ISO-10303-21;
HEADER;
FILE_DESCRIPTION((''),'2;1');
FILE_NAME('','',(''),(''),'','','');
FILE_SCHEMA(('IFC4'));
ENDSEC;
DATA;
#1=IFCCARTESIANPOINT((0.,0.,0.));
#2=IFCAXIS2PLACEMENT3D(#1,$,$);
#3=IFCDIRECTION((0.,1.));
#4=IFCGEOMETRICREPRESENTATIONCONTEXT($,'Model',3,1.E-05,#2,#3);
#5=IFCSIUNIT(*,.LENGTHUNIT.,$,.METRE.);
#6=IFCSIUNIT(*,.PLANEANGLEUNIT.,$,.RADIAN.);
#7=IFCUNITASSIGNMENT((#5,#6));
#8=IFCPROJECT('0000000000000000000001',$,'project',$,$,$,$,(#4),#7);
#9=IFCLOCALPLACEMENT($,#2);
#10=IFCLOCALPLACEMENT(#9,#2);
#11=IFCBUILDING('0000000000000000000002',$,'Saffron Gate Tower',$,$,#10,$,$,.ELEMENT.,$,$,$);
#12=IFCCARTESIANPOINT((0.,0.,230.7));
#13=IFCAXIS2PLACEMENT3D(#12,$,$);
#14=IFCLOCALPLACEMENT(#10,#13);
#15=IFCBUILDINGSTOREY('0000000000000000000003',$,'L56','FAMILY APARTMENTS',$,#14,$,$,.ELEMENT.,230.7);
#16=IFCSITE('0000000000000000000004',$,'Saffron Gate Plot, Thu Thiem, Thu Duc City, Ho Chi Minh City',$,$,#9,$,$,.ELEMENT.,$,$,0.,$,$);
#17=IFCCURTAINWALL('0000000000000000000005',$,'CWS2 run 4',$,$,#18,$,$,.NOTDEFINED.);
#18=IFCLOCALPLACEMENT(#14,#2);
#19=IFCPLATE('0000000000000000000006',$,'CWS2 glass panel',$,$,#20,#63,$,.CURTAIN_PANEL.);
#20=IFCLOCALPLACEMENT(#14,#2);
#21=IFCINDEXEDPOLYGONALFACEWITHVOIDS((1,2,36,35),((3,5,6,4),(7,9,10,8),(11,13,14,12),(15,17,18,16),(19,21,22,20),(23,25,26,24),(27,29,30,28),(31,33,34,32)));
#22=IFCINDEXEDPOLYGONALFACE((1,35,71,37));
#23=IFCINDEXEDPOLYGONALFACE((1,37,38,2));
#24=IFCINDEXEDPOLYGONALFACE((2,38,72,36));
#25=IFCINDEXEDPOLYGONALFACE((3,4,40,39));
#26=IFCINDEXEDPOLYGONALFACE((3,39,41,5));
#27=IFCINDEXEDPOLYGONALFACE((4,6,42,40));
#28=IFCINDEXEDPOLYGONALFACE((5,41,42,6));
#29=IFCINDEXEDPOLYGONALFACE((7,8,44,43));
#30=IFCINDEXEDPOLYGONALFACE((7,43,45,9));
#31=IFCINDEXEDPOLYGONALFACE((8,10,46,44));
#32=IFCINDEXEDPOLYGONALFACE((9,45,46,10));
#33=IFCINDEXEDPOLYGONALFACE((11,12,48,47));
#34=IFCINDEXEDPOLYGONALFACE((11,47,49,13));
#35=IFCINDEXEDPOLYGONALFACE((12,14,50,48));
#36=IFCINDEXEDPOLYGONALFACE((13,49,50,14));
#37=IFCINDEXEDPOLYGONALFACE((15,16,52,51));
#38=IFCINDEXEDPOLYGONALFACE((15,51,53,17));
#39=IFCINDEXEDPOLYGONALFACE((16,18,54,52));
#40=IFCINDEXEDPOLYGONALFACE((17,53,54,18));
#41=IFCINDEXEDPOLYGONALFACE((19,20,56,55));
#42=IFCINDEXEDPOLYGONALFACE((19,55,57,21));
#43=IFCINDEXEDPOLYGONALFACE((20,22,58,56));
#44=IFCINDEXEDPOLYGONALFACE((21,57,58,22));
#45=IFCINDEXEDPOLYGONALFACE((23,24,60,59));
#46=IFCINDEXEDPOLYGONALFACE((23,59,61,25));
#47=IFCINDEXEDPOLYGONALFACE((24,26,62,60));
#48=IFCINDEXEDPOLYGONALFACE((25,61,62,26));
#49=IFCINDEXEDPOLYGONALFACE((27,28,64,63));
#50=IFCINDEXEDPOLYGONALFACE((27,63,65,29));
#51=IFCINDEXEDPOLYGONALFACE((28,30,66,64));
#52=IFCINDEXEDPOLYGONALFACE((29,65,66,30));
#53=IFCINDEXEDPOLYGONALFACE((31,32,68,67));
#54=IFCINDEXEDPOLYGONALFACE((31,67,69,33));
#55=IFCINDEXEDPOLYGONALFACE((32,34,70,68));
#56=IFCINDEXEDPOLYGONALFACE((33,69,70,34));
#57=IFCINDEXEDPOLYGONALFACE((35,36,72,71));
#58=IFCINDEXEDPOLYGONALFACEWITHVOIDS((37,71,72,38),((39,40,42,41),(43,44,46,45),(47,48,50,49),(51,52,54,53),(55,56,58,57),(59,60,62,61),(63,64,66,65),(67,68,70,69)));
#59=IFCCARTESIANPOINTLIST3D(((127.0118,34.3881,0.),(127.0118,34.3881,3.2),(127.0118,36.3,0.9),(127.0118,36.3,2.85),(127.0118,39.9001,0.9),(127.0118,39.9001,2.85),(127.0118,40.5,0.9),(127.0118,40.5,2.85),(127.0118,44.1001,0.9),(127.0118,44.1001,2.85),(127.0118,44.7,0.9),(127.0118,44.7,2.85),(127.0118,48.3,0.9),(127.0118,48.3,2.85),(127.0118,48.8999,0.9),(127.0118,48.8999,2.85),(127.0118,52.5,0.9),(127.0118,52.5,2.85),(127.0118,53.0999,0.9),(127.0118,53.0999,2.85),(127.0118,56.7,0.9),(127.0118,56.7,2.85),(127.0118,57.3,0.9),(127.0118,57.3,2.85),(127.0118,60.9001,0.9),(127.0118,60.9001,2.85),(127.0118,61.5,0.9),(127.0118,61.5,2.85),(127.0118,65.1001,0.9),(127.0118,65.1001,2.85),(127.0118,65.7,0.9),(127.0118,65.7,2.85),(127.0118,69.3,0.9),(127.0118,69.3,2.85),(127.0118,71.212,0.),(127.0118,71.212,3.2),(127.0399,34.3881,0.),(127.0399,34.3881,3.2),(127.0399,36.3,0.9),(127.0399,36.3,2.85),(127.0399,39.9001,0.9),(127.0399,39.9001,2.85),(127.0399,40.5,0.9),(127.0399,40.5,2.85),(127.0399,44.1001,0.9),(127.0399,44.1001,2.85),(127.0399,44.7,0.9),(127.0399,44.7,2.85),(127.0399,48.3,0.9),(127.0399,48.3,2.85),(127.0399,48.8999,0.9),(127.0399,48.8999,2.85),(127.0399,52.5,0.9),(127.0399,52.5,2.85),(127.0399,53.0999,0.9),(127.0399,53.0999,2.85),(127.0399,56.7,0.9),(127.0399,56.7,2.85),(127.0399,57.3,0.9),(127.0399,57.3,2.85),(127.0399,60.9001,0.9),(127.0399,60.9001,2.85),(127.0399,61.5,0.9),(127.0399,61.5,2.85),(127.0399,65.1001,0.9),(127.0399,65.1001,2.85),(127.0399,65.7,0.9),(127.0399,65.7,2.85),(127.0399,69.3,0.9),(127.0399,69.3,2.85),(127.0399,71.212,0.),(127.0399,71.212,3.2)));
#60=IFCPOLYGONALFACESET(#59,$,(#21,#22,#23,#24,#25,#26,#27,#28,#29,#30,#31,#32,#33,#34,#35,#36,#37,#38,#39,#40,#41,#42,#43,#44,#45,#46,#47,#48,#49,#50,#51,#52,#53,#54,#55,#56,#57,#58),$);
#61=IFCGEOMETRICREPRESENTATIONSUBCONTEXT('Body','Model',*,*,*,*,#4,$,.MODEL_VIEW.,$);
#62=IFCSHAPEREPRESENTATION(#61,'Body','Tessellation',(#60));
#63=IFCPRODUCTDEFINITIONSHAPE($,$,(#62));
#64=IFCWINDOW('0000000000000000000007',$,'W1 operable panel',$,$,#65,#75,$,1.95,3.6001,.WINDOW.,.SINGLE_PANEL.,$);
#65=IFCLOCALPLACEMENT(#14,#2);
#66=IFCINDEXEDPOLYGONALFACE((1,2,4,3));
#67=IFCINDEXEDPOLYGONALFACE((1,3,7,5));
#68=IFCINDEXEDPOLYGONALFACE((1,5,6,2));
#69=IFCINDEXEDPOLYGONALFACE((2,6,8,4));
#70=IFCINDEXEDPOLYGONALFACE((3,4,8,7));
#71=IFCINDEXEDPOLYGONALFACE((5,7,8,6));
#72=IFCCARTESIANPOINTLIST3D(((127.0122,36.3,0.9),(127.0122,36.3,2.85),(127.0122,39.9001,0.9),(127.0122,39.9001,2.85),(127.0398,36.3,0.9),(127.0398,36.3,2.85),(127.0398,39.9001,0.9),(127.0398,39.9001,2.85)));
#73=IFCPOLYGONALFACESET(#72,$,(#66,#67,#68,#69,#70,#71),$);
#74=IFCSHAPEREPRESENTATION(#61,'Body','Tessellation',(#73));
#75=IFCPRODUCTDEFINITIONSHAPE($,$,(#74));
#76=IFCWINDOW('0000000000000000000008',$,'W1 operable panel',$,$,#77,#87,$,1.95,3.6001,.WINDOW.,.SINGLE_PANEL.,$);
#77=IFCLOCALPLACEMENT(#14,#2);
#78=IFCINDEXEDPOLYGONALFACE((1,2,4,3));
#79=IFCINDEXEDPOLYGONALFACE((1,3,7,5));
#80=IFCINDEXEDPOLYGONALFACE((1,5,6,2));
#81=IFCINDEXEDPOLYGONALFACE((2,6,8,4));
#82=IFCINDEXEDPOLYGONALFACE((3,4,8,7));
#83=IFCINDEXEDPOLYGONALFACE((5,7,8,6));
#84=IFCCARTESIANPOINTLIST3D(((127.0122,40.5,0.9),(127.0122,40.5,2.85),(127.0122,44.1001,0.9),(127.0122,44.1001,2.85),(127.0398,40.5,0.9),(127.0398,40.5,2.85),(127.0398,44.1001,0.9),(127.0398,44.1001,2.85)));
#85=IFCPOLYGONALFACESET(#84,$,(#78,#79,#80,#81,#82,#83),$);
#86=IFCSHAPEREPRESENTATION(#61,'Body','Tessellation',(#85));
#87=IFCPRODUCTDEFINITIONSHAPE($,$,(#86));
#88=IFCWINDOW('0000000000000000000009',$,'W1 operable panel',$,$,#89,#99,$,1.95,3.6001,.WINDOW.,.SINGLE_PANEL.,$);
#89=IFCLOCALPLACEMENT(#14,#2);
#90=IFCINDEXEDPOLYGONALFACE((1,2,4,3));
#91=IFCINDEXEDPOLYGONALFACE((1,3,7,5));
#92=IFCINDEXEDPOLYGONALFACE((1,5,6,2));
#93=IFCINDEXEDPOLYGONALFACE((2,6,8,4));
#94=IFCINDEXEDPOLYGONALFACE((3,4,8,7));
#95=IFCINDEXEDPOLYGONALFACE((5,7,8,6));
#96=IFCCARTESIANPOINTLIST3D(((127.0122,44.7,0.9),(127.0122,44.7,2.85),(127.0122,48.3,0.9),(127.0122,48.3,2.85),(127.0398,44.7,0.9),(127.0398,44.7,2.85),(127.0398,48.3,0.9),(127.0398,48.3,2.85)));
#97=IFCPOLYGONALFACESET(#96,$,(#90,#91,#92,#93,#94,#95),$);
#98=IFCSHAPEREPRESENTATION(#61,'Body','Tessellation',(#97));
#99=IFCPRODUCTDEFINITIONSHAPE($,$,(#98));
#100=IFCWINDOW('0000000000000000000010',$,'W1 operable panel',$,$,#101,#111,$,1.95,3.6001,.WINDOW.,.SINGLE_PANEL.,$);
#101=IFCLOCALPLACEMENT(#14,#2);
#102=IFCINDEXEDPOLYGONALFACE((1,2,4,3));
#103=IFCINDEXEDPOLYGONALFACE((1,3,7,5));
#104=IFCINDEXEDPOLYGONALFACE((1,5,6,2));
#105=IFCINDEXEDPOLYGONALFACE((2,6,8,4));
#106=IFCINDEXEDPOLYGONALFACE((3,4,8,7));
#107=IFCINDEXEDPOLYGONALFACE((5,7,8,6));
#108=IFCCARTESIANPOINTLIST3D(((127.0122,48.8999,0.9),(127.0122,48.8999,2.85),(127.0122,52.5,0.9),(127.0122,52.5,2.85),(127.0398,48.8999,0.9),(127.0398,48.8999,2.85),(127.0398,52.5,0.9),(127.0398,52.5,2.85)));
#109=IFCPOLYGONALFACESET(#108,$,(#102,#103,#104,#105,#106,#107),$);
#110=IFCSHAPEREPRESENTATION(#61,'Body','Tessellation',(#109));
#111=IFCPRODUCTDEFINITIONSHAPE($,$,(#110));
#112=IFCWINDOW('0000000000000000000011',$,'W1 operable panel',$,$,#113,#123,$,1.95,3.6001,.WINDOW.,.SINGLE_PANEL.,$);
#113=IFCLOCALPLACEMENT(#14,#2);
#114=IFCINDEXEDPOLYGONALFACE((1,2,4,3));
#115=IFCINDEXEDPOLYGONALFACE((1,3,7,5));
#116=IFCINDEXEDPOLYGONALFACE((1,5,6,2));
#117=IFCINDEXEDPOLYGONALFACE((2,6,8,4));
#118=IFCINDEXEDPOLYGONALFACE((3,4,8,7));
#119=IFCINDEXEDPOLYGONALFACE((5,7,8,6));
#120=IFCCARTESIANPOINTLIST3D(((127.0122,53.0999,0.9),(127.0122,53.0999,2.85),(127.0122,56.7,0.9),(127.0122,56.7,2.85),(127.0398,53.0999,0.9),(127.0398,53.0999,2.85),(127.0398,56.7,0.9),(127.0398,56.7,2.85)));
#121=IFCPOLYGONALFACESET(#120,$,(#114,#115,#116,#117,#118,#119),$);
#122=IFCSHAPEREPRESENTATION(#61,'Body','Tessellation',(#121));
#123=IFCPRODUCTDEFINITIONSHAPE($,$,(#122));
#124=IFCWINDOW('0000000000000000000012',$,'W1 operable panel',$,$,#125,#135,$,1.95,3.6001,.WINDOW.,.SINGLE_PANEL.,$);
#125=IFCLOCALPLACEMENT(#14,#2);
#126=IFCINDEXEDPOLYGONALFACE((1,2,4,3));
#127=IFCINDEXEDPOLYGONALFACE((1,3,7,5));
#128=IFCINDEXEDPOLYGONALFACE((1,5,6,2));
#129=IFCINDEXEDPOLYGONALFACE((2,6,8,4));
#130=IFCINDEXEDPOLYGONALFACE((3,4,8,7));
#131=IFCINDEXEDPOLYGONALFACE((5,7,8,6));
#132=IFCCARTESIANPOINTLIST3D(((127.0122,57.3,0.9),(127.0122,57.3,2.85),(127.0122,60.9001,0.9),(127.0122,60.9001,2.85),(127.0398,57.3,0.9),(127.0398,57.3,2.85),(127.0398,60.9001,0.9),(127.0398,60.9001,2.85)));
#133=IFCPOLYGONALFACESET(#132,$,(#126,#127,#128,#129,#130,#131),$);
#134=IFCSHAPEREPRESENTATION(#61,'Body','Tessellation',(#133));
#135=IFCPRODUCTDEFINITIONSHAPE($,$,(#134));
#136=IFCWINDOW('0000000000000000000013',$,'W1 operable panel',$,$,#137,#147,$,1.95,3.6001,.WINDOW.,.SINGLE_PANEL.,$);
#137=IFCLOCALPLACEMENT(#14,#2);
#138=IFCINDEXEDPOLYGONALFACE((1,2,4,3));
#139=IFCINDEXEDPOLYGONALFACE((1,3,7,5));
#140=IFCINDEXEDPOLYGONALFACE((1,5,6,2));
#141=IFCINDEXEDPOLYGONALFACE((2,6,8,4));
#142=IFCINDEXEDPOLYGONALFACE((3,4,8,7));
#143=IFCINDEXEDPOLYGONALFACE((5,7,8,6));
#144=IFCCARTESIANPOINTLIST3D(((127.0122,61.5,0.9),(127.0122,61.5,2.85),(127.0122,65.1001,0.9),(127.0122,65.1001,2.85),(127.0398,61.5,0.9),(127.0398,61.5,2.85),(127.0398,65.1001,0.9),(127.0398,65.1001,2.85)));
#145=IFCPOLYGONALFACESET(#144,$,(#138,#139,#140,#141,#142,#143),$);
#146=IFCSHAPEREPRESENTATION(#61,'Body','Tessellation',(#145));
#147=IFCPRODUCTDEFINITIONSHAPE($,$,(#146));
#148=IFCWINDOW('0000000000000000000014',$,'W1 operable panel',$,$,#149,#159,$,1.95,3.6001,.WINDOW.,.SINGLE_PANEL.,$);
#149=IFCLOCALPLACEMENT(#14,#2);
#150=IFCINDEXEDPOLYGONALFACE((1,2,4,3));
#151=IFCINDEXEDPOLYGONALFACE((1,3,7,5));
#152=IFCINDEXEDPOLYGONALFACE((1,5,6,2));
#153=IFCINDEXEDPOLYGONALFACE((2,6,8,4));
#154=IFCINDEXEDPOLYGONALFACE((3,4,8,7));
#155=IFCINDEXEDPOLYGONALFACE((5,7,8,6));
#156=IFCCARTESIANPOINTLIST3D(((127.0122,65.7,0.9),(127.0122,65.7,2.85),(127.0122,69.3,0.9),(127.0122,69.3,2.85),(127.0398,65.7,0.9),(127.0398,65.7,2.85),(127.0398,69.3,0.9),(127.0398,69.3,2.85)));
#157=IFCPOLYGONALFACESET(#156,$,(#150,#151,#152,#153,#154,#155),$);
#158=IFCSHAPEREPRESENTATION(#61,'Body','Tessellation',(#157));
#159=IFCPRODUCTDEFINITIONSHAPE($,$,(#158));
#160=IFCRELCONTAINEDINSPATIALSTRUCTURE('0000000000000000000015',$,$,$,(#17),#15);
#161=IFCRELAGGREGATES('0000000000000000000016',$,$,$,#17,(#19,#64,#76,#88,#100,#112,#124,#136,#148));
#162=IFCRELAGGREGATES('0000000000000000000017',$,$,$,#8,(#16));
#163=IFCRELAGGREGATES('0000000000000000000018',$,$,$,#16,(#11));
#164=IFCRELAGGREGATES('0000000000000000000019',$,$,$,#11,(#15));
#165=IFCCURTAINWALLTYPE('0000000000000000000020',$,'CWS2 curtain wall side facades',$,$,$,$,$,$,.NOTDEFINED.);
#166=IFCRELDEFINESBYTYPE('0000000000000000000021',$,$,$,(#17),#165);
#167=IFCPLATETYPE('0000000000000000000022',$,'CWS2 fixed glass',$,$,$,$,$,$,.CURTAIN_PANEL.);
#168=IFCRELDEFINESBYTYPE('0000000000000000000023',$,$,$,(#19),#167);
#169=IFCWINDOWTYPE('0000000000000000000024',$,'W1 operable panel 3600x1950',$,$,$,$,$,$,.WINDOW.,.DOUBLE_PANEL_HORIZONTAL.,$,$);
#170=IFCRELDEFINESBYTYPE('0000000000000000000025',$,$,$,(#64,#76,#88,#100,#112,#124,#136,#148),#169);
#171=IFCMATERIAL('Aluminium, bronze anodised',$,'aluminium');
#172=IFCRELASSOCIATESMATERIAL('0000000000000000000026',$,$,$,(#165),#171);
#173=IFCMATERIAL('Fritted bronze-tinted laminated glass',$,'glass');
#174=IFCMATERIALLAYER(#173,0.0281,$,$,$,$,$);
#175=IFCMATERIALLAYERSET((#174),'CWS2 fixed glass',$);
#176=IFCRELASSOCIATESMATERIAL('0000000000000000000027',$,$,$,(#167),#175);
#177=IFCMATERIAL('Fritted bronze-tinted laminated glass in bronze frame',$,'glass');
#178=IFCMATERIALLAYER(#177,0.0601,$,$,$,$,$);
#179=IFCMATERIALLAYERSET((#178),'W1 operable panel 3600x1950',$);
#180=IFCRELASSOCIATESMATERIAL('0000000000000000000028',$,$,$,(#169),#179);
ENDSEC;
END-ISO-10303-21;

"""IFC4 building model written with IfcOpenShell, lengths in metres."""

from ifc_helpers import new_model, si_unit, direction, frame, frame_2d, origin, place, context, subcontext, project, spatial, rectangle, extrude, material, layer, layer_set, type_object, element, fill, aggregate, save


model = new_model("IFC4")

# Units and contexts
model_context = context("Model", 3, precision=1e-05, world=origin(), true_north=direction((0.0, 1.0)))
body_context = subcontext(model_context, "Body", "Model", "MODEL_VIEW")
ifc_project = project(units=[si_unit("LENGTHUNIT", "METRE"), si_unit("PLANEANGLEUNIT", "RADIAN")], contexts=[model_context])

# Site, building, storey
site_placement = place(None, origin())
site = spatial("IfcSite", under=ifc_project, at=site_placement, Name="Saffron Gate Plot, Thu Thiem, Thu Duc City, Ho Chi Minh City", CompositionType="ELEMENT", RefElevation=0.0)
building_placement = place(site_placement, origin())
building = spatial("IfcBuilding", under=site, at=building_placement, Name="Saffron Gate Tower", CompositionType="ELEMENT")
storey_placement = place(building_placement, frame((0.0, 0.0, 230.7)))
storey = spatial("IfcBuildingStorey", under=building, at=storey_placement, Name="L56", Description="FAMILY APARTMENTS", CompositionType="ELEMENT", Elevation=230.7)

# Curtain wall
ifc_material_1 = material(Name="Aluminium, bronze anodised", Category="aluminium")
curtain_wall_type_1 = type_object("IfcCurtainWallType", Name="CWS2 curtain wall side facades", PredefinedType="NOTDEFINED", material=ifc_material_1)
curtain_wall_1_placement = place(storey_placement, origin())
curtain_wall_1 = element("IfcCurtainWall", 1, at=curtain_wall_1_placement, inside=storey, type_object=curtain_wall_type_1, Name="CWS2 run 4", PredefinedType="NOTDEFINED")

# Plate, openings, windows
ifc_material_2 = material(Name="Fritted bronze-tinted laminated glass", Category="glass")
ifc_layer_1 = layer(ifc_material_2, 0.0281)
ifc_layer_set_1 = layer_set([ifc_layer_1], Name="CWS2 fixed glass")
plate_type_1 = type_object("IfcPlateType", Name="CWS2 fixed glass", PredefinedType="CURTAIN_PANEL", material=ifc_layer_set_1)
plate_1_placement = place(storey_placement, frame((127.0259, 34.3879, 0.0), z_axis=(0.0, 0.0, 1.0), x_axis=(0.0, 1.0, 0.0)))
plate_1 = element("IfcPlate", 2, at=plate_1_placement, type_object=plate_type_1, Name="CWS2 glass panel", PredefinedType="CURTAIN_PANEL", context=body_context, shape_type="SweptSolid", body=[
    extrude(rectangle(XDim=36.824, YDim=0.0281, at=frame_2d((18.4121, 0.0))), origin(), (0.0, 0.0, 1.0), 3.2),
])
opening_1_placement = place(plate_1_placement, frame((1.9121, 0.0, 0.8999)))
opening_1 = element("IfcOpeningElement", 3, at=opening_1_placement, cuts=plate_1, PredefinedType="OPENING", context=body_context, shape_type="SweptSolid", body=[
    extrude(rectangle(XDim=3.6001, YDim=1.95, at=frame_2d((1.8, 0.9751))), frame((0.0, 0.0239, 0.0), z_axis=(0.0, -1.0, 0.0), x_axis=(1.0, 0.0, 0.0)), (0.0, 0.0, 1.0), 0.0481),
])
opening_2_placement = place(plate_1_placement, frame((6.1121, 0.0, 0.8999)))
opening_2 = element("IfcOpeningElement", 4, at=opening_2_placement, cuts=plate_1, PredefinedType="OPENING", context=body_context, shape_type="SweptSolid", body=[
    extrude(rectangle(XDim=3.6001, YDim=1.95, at=frame_2d((1.8, 0.9751))), frame((0.0, 0.0239, 0.0), z_axis=(0.0, -1.0, 0.0), x_axis=(1.0, 0.0, 0.0)), (0.0, 0.0, 1.0), 0.0481),
])
opening_3_placement = place(plate_1_placement, frame((10.312, 0.0, 0.8999)))
opening_3 = element("IfcOpeningElement", 5, at=opening_3_placement, cuts=plate_1, PredefinedType="OPENING", context=body_context, shape_type="SweptSolid", body=[
    extrude(rectangle(XDim=3.6001, YDim=1.95, at=frame_2d((1.8, 0.9751))), frame((0.0, 0.0239, 0.0), z_axis=(0.0, -1.0, 0.0), x_axis=(1.0, 0.0, 0.0)), (0.0, 0.0, 1.0), 0.0481),
])
opening_4_placement = place(plate_1_placement, frame((14.512, 0.0, 0.8999)))
opening_4 = element("IfcOpeningElement", 6, at=opening_4_placement, cuts=plate_1, PredefinedType="OPENING", context=body_context, shape_type="SweptSolid", body=[
    extrude(rectangle(XDim=3.6001, YDim=1.95, at=frame_2d((1.8, 0.9751))), frame((0.0, 0.0239, 0.0), z_axis=(0.0, -1.0, 0.0), x_axis=(1.0, 0.0, 0.0)), (0.0, 0.0, 1.0), 0.0481),
])
opening_5_placement = place(plate_1_placement, frame((18.7119, 0.0, 0.8999)))
opening_5 = element("IfcOpeningElement", 7, at=opening_5_placement, cuts=plate_1, PredefinedType="OPENING", context=body_context, shape_type="SweptSolid", body=[
    extrude(rectangle(XDim=3.6001, YDim=1.95, at=frame_2d((1.8, 0.9751))), frame((0.0, 0.0239, 0.0), z_axis=(0.0, -1.0, 0.0), x_axis=(1.0, 0.0, 0.0)), (0.0, 0.0, 1.0), 0.0481),
])
opening_6_placement = place(plate_1_placement, frame((22.9121, 0.0, 0.8999)))
opening_6 = element("IfcOpeningElement", 8, at=opening_6_placement, cuts=plate_1, PredefinedType="OPENING", context=body_context, shape_type="SweptSolid", body=[
    extrude(rectangle(XDim=3.6001, YDim=1.95, at=frame_2d((1.8, 0.9751))), frame((0.0, 0.0239, 0.0), z_axis=(0.0, -1.0, 0.0), x_axis=(1.0, 0.0, 0.0)), (0.0, 0.0, 1.0), 0.0481),
])
opening_7_placement = place(plate_1_placement, frame((27.1121, 0.0, 0.8999)))
opening_7 = element("IfcOpeningElement", 9, at=opening_7_placement, cuts=plate_1, PredefinedType="OPENING", context=body_context, shape_type="SweptSolid", body=[
    extrude(rectangle(XDim=3.6001, YDim=1.95, at=frame_2d((1.8, 0.9751))), frame((0.0, 0.0239, 0.0), z_axis=(0.0, -1.0, 0.0), x_axis=(1.0, 0.0, 0.0)), (0.0, 0.0, 1.0), 0.0481),
])
opening_8_placement = place(plate_1_placement, frame((31.312, 0.0, 0.8999)))
opening_8 = element("IfcOpeningElement", 10, at=opening_8_placement, cuts=plate_1, PredefinedType="OPENING", context=body_context, shape_type="SweptSolid", body=[
    extrude(rectangle(XDim=3.6001, YDim=1.95, at=frame_2d((1.8, 0.9751))), frame((0.0, 0.0239, 0.0), z_axis=(0.0, -1.0, 0.0), x_axis=(1.0, 0.0, 0.0)), (0.0, 0.0, 1.0), 0.0481),
])
ifc_material_3 = material(Name="Fritted bronze-tinted laminated glass in bronze frame", Category="glass")
ifc_layer_2 = layer(ifc_material_3, 0.0601)
ifc_layer_set_2 = layer_set([ifc_layer_2], Name="W1 operable panel 3600x1950")
window_type = type_object("IfcWindowType", Name="W1 operable panel 3600x1950", PartitioningType="DOUBLE_PANEL_HORIZONTAL", PredefinedType="WINDOW", material=ifc_layer_set_2)
window_1_placement = place(opening_1_placement, origin())
window_1 = element("IfcWindow", 11, at=window_1_placement, type_object=window_type, Name="W1 operable panel", OverallHeight=1.95, OverallWidth=3.6001, PartitioningType="SINGLE_PANEL", PredefinedType="WINDOW", context=body_context, shape_type="SweptSolid", body=[
    extrude(rectangle(XDim=3.6001, YDim=1.95, at=frame_2d((1.8, 0.9751))), frame((0.0, 0.0137, 0.0), z_axis=(0.0, -1.0, 0.0), x_axis=(1.0, 0.0, 0.0)), (0.0, 0.0, 1.0), 0.0276),
])
fill(opening_1, window_1)
window_2_placement = place(opening_2_placement, origin())
window_2 = element("IfcWindow", 12, at=window_2_placement, type_object=window_type, Name="W1 operable panel", OverallHeight=1.95, OverallWidth=3.6001, PartitioningType="SINGLE_PANEL", PredefinedType="WINDOW", context=body_context, shape_type="SweptSolid", body=[
    extrude(rectangle(XDim=3.6001, YDim=1.95, at=frame_2d((1.8, 0.9751))), frame((0.0, 0.0137, 0.0), z_axis=(0.0, -1.0, 0.0), x_axis=(1.0, 0.0, 0.0)), (0.0, 0.0, 1.0), 0.0276),
])
fill(opening_2, window_2)
window_3_placement = place(opening_3_placement, origin())
window_3 = element("IfcWindow", 13, at=window_3_placement, type_object=window_type, Name="W1 operable panel", OverallHeight=1.95, OverallWidth=3.6001, PartitioningType="SINGLE_PANEL", PredefinedType="WINDOW", context=body_context, shape_type="SweptSolid", body=[
    extrude(rectangle(XDim=3.6001, YDim=1.95, at=frame_2d((1.8, 0.9751))), frame((0.0, 0.0137, 0.0), z_axis=(0.0, -1.0, 0.0), x_axis=(1.0, 0.0, 0.0)), (0.0, 0.0, 1.0), 0.0276),
])
fill(opening_3, window_3)
window_4_placement = place(opening_4_placement, origin())
window_4 = element("IfcWindow", 14, at=window_4_placement, type_object=window_type, Name="W1 operable panel", OverallHeight=1.95, OverallWidth=3.6001, PartitioningType="SINGLE_PANEL", PredefinedType="WINDOW", context=body_context, shape_type="SweptSolid", body=[
    extrude(rectangle(XDim=3.6001, YDim=1.95, at=frame_2d((1.8, 0.9751))), frame((0.0, 0.0137, 0.0), z_axis=(0.0, -1.0, 0.0), x_axis=(1.0, 0.0, 0.0)), (0.0, 0.0, 1.0), 0.0276),
])
fill(opening_4, window_4)
window_5_placement = place(opening_5_placement, origin())
window_5 = element("IfcWindow", 15, at=window_5_placement, type_object=window_type, Name="W1 operable panel", OverallHeight=1.95, OverallWidth=3.6001, PartitioningType="SINGLE_PANEL", PredefinedType="WINDOW", context=body_context, shape_type="SweptSolid", body=[
    extrude(rectangle(XDim=3.6001, YDim=1.95, at=frame_2d((1.8, 0.9751))), frame((0.0, 0.0137, 0.0), z_axis=(0.0, -1.0, 0.0), x_axis=(1.0, 0.0, 0.0)), (0.0, 0.0, 1.0), 0.0276),
])
fill(opening_5, window_5)
window_6_placement = place(opening_6_placement, origin())
window_6 = element("IfcWindow", 16, at=window_6_placement, type_object=window_type, Name="W1 operable panel", OverallHeight=1.95, OverallWidth=3.6001, PartitioningType="SINGLE_PANEL", PredefinedType="WINDOW", context=body_context, shape_type="SweptSolid", body=[
    extrude(rectangle(XDim=3.6001, YDim=1.95, at=frame_2d((1.8, 0.9751))), frame((0.0, 0.0137, 0.0), z_axis=(0.0, -1.0, 0.0), x_axis=(1.0, 0.0, 0.0)), (0.0, 0.0, 1.0), 0.0276),
])
fill(opening_6, window_6)
window_7_placement = place(opening_7_placement, origin())
window_7 = element("IfcWindow", 17, at=window_7_placement, type_object=window_type, Name="W1 operable panel", OverallHeight=1.95, OverallWidth=3.6001, PartitioningType="SINGLE_PANEL", PredefinedType="WINDOW", context=body_context, shape_type="SweptSolid", body=[
    extrude(rectangle(XDim=3.6001, YDim=1.95, at=frame_2d((1.8, 0.9751))), frame((0.0, 0.0137, 0.0), z_axis=(0.0, -1.0, 0.0), x_axis=(1.0, 0.0, 0.0)), (0.0, 0.0, 1.0), 0.0276),
])
fill(opening_7, window_7)
window_8_placement = place(opening_8_placement, origin())
window_8 = element("IfcWindow", 18, at=window_8_placement, type_object=window_type, Name="W1 operable panel", OverallHeight=1.95, OverallWidth=3.6001, PartitioningType="SINGLE_PANEL", PredefinedType="WINDOW", context=body_context, shape_type="SweptSolid", body=[
    extrude(rectangle(XDim=3.6001, YDim=1.95, at=frame_2d((1.8, 0.9751))), frame((0.0, 0.0137, 0.0), z_axis=(0.0, -1.0, 0.0), x_axis=(1.0, 0.0, 0.0)), (0.0, 0.0, 1.0), 0.0276),
])
fill(opening_8, window_8)
aggregate(curtain_wall_1, [plate_1, window_1, window_2, window_3, window_4, window_5, window_6, window_7, window_8])

save(model, "model.ifc")
